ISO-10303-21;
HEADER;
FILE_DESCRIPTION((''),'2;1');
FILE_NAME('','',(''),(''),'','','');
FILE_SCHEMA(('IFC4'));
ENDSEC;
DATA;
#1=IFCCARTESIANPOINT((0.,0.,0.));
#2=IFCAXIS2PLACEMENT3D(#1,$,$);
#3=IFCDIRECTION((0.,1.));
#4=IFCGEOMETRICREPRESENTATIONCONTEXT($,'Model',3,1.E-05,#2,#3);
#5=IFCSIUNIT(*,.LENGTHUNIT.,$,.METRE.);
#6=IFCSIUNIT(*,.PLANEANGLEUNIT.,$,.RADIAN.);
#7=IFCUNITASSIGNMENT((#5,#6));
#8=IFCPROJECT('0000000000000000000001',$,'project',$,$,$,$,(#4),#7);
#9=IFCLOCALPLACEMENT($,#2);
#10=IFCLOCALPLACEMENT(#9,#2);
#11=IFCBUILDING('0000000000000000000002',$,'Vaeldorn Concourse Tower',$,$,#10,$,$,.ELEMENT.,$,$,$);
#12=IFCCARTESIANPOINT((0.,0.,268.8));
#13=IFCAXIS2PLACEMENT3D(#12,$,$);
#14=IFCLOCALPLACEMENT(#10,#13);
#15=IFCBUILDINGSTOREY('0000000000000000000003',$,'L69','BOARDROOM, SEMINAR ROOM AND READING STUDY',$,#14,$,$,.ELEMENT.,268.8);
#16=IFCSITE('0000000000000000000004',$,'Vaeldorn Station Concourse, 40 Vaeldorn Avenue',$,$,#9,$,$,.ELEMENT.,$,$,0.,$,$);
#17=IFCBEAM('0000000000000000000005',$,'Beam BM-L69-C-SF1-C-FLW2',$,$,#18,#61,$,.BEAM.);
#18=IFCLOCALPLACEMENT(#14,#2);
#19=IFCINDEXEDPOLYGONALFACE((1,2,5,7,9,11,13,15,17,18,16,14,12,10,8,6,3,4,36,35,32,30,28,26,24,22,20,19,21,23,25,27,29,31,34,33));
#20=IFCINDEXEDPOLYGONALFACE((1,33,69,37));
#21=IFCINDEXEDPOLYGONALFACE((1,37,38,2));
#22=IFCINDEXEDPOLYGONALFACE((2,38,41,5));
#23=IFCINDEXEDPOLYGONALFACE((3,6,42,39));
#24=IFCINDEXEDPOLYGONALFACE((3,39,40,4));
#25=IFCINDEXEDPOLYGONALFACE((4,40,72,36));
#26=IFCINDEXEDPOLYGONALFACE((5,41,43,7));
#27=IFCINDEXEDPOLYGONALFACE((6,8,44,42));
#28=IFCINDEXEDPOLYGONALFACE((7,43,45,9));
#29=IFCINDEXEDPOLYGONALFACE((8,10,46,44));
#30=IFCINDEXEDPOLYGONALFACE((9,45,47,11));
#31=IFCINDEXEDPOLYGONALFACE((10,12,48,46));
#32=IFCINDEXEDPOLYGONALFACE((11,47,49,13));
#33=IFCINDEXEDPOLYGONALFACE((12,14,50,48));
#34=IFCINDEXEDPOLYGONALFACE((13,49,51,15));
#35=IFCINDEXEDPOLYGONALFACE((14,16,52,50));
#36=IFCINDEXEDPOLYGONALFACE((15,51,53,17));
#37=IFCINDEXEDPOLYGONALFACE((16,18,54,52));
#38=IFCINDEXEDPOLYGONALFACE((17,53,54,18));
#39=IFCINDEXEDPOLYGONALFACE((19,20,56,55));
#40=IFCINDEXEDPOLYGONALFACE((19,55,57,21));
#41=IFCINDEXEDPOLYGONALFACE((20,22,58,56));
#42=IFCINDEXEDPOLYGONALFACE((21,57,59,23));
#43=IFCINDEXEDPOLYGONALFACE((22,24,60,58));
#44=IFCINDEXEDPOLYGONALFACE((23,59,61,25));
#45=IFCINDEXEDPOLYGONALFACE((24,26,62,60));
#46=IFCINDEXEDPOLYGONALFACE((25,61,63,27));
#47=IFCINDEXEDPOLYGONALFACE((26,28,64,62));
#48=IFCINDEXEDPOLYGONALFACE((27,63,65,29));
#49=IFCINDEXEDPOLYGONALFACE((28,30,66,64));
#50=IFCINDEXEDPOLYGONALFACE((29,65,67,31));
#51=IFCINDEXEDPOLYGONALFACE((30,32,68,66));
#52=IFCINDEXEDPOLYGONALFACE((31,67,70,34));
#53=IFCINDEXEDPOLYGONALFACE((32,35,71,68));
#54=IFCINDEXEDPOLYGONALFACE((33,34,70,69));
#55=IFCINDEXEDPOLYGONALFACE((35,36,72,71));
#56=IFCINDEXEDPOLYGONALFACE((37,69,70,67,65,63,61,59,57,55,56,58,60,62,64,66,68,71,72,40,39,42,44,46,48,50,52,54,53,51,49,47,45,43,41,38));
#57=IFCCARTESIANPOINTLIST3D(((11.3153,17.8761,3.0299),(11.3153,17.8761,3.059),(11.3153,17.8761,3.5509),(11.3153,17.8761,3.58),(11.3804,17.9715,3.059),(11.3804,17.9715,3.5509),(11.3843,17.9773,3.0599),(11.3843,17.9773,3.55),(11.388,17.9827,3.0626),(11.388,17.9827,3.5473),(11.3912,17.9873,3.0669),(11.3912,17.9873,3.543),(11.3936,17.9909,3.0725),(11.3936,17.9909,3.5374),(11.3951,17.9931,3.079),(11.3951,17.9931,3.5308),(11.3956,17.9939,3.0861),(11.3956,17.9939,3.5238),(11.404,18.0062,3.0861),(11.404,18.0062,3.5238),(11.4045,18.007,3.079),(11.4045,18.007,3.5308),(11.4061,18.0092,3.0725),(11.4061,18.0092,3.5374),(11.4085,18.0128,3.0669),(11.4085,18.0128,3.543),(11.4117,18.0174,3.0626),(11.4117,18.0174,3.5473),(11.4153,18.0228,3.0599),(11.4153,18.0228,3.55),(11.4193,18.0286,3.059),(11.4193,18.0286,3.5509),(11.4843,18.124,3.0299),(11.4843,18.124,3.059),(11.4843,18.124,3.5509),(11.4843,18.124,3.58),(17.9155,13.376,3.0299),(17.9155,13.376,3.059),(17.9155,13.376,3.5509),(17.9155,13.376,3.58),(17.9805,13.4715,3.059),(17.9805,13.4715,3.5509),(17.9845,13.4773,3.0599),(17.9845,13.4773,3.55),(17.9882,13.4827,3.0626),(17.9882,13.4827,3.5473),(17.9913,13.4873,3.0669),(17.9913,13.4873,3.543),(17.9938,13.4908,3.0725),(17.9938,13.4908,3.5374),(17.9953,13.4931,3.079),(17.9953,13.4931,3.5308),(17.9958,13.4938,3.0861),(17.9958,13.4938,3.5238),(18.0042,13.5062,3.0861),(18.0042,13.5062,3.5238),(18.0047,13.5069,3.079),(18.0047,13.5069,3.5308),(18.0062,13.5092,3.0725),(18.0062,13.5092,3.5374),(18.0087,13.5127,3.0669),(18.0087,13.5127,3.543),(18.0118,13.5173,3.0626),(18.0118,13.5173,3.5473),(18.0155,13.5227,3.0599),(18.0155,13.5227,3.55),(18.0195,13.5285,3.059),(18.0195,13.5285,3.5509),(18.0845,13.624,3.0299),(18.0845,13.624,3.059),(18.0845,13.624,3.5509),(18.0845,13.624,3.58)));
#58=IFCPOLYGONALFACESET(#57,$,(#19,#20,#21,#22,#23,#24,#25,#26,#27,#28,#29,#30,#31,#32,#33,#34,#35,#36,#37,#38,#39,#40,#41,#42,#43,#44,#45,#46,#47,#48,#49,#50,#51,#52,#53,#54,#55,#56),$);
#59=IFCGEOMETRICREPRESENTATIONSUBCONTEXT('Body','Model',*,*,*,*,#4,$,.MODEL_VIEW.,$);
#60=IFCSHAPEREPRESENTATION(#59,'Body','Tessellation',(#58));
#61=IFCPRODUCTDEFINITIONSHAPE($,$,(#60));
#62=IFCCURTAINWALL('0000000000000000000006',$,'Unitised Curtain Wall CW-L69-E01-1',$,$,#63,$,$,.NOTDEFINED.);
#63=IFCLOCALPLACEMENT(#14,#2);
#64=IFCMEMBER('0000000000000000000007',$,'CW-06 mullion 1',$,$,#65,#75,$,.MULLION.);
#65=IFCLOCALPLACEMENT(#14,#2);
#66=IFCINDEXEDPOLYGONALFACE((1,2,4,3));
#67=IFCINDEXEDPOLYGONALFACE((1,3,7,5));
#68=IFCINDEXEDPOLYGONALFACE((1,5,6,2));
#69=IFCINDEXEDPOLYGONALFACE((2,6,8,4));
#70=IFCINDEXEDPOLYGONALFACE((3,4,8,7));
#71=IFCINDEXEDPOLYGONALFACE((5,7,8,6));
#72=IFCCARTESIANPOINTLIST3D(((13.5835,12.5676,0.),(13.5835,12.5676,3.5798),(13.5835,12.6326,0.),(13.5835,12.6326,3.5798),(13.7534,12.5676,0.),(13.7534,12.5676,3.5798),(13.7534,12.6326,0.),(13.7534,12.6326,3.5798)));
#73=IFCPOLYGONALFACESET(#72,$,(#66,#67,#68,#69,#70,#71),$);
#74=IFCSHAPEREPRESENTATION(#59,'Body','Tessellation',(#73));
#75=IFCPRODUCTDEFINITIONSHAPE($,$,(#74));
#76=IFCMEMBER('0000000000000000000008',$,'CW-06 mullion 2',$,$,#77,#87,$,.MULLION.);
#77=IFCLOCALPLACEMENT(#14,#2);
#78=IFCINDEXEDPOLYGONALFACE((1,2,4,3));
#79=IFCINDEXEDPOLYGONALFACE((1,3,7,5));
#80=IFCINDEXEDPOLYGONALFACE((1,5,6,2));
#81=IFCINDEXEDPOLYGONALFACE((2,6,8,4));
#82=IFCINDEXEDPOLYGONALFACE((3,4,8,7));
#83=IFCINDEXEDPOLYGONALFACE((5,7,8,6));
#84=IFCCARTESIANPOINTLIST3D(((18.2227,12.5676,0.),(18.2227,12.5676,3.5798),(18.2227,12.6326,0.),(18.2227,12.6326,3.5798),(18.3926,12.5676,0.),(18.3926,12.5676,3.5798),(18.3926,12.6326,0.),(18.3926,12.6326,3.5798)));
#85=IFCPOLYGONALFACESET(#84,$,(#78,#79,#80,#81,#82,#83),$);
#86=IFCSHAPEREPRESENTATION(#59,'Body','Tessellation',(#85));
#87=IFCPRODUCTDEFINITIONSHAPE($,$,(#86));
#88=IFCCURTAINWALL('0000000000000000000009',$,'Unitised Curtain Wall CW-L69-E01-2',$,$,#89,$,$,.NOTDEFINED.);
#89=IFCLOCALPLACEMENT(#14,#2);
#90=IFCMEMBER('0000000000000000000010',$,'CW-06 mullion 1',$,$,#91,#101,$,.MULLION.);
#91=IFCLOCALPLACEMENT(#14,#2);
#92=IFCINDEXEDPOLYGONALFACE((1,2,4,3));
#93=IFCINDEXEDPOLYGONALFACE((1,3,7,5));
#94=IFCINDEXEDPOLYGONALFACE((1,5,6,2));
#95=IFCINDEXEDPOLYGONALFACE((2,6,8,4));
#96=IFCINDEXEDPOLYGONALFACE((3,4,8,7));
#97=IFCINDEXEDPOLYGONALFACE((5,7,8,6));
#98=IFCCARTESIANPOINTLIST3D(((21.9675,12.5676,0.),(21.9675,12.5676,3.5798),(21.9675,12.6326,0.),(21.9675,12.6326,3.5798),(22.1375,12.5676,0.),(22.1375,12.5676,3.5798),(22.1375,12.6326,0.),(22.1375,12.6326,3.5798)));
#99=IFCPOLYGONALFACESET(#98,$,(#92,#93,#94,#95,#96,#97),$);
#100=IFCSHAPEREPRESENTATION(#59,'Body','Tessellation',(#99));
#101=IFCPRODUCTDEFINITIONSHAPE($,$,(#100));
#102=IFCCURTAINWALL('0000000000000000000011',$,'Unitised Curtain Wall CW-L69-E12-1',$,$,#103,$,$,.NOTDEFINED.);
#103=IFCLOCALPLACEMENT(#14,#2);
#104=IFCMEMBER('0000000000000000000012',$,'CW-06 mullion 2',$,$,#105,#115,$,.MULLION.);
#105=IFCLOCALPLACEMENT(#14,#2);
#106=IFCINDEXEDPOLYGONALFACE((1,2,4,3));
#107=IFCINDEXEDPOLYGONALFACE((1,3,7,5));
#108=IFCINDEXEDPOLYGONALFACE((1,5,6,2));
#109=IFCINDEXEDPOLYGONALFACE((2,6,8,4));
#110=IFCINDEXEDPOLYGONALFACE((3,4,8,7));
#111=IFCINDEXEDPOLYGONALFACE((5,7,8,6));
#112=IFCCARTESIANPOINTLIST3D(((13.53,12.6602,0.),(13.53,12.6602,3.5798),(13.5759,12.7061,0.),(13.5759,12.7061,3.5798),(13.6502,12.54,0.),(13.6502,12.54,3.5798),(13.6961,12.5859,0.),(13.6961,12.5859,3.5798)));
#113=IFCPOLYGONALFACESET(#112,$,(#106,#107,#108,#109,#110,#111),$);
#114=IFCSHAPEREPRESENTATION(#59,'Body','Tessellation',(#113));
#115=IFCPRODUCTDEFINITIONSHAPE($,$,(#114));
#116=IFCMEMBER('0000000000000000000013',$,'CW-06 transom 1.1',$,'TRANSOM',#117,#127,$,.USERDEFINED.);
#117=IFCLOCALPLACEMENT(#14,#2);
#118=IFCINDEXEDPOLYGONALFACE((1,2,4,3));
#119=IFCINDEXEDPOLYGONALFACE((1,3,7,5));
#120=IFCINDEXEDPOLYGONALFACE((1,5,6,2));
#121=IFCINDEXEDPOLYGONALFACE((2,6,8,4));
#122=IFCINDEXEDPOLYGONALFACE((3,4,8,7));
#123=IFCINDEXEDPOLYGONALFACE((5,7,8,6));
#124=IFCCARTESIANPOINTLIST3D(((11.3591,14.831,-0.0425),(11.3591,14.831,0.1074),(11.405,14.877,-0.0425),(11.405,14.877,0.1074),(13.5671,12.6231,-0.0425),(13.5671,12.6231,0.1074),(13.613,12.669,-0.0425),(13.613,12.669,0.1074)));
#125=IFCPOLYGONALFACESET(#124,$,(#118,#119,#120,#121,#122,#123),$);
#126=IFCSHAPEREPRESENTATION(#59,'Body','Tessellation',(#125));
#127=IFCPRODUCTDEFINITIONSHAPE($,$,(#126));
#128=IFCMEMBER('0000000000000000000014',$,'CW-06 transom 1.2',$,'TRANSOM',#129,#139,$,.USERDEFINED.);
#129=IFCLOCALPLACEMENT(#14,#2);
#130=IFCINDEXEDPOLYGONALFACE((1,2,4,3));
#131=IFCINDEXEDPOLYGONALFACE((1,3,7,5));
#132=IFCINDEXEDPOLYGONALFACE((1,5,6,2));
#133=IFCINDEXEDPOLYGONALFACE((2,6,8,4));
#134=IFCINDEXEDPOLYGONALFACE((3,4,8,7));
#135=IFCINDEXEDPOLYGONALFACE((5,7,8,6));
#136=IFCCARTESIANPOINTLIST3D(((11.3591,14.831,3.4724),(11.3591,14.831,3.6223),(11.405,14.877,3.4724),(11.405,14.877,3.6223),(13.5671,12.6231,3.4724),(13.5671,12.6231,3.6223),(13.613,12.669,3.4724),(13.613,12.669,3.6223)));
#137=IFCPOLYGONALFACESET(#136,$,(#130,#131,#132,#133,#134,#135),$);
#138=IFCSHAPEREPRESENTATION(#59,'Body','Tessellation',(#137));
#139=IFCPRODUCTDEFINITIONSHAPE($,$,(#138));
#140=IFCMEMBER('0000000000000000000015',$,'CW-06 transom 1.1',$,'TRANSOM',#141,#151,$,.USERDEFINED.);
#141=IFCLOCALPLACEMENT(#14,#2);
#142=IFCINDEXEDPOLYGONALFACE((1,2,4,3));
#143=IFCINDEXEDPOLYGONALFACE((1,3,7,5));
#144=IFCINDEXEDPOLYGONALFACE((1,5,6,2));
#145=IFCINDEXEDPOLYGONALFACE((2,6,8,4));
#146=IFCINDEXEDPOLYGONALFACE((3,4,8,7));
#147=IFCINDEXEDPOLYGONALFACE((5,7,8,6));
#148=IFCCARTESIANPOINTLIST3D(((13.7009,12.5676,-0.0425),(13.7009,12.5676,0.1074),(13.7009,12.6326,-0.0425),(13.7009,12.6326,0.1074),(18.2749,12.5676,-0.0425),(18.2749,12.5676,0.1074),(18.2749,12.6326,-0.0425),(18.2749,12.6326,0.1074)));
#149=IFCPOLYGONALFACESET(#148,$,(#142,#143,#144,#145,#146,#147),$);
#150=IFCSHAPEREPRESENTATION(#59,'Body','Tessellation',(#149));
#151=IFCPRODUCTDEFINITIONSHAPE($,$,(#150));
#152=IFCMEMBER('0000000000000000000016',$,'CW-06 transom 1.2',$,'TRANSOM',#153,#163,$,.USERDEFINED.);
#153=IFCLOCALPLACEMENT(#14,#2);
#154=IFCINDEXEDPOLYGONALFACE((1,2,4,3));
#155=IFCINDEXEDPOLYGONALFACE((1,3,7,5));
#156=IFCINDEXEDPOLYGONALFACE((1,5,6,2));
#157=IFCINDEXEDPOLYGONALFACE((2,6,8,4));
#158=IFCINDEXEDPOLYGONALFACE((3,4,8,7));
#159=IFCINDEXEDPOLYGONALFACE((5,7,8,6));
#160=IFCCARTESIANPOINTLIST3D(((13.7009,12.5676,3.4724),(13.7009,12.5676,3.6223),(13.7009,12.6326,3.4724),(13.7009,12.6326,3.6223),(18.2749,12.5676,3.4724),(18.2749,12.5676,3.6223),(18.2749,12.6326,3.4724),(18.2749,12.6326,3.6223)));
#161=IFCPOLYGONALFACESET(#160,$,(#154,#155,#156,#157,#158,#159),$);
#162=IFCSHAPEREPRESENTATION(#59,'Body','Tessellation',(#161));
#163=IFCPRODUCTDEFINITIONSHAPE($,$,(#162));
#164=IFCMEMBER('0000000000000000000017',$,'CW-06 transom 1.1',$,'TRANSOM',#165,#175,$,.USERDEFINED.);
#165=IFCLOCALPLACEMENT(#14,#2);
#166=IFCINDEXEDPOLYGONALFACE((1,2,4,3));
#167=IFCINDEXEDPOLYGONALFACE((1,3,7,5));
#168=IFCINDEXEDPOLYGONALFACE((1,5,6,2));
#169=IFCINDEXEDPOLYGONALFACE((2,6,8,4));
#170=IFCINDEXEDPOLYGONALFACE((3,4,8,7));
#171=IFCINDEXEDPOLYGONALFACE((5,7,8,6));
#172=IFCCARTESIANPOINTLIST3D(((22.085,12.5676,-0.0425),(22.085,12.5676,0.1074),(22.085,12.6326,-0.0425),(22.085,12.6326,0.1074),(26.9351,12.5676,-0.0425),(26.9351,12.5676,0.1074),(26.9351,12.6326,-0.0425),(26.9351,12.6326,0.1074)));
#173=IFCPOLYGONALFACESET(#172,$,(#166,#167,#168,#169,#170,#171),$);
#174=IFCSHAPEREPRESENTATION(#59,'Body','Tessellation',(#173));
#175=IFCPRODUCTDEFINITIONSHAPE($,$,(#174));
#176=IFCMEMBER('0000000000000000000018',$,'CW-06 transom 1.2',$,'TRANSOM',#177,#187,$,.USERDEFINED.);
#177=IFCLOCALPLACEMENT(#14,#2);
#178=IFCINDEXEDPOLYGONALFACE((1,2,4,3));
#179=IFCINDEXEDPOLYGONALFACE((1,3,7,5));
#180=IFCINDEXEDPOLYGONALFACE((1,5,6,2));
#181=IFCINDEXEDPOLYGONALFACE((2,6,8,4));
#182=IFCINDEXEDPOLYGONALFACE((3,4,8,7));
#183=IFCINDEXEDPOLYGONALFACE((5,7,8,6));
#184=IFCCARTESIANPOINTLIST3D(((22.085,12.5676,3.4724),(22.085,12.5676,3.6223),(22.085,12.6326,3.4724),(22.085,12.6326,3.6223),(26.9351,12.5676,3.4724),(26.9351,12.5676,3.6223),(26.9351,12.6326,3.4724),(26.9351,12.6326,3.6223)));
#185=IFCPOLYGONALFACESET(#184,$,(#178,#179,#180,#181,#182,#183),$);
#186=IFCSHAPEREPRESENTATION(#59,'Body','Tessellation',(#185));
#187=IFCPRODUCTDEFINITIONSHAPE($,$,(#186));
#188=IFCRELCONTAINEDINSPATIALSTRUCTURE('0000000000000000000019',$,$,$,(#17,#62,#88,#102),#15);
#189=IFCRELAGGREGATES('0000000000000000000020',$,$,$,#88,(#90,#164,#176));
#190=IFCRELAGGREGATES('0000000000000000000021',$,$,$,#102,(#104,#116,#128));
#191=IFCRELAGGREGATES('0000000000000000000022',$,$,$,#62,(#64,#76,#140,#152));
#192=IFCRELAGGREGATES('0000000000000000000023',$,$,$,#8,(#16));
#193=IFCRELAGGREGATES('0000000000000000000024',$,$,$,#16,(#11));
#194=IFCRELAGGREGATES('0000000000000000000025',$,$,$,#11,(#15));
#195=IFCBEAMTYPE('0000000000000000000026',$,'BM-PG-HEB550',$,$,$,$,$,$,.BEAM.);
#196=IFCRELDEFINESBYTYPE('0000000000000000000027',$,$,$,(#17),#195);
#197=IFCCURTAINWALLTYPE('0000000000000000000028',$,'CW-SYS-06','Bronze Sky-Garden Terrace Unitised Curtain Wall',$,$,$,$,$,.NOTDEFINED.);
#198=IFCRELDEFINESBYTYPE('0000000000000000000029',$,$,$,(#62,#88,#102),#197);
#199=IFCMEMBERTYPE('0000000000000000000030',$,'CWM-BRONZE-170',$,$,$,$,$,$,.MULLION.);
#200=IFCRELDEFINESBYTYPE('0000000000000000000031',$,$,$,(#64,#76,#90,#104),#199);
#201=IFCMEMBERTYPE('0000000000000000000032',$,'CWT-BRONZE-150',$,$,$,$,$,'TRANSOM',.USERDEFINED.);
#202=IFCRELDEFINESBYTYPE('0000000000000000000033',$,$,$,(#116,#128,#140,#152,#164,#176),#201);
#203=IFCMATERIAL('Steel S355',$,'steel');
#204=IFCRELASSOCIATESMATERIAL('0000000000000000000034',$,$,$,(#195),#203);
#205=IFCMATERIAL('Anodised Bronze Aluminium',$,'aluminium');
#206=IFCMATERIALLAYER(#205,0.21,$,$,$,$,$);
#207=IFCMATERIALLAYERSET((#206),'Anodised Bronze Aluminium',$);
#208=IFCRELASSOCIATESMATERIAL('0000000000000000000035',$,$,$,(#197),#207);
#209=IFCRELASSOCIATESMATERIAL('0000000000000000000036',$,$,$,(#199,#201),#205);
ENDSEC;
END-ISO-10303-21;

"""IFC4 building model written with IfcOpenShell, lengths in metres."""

from ifc_helpers import new_model, si_unit, direction, frame, origin, origin_2d, place, context, subcontext, project, spatial, rectangle, i_section, extrude, source, transform, mapped, material, layer, layer_set, material_profile, profile_set, type_object, element, aggregate, save


model = new_model("IFC4")

# Units and contexts
model_context = context("Model", 3, precision=1e-05, world=origin(), true_north=direction((0.0, 1.0)))
body_context = subcontext(model_context, "Body", "Model", "MODEL_VIEW")
ifc_project = project(units=[si_unit("LENGTHUNIT", "METRE"), si_unit("PLANEANGLEUNIT", "RADIAN")], contexts=[model_context])

# Site, building, storey
site_placement = place(None, origin())
site = spatial("IfcSite", under=ifc_project, at=site_placement, Name="Vaeldorn Station Concourse, 40 Vaeldorn Avenue", CompositionType="ELEMENT", RefElevation=0.0)
building_placement = place(site_placement, origin())
building = spatial("IfcBuilding", under=site, at=building_placement, Name="Vaeldorn Concourse Tower", CompositionType="ELEMENT")
storey_placement = place(building_placement, frame((0.0, 0.0, 268.8)))
storey = spatial("IfcBuildingStorey", under=building, at=storey_placement, Name="L69", Description="BOARDROOM, SEMINAR ROOM AND READING STUDY", CompositionType="ELEMENT", Elevation=268.8)

# Shared definitions
ifc_material_1 = material(Name="Steel S355", Category="steel")

# Beam
ifc_material_profile_1 = material_profile(ifc_material_1, i_section(OverallWidth=0.3, OverallDepth=0.55, WebThickness=0.0149, FlangeThickness=0.0291, FilletRadius=0.0271, at=origin_2d()), Name="HEB 550")
ifc_profile_set_1 = profile_set([ifc_material_profile_1], Name="Steel S355")
beam_type_1 = type_object("IfcBeamType", Name="BM-PG-HEB550", PredefinedType="BEAM", material=ifc_profile_set_1)
shared_shape_1 = source(origin(), body_context, "Body", "SweptSolid", [
    extrude(i_section(OverallWidth=0.3, OverallDepth=0.55, WebThickness=0.0149, FlangeThickness=0.0291, FilletRadius=0.0271, at=origin_2d()), origin(), (0.0, 0.0, 1.0), 7.9883),
])
beam_1_placement = place(storey_placement, frame((18.0, 13.5, 3.3049), z_axis=(-0.826231, 0.563331, 0.0), x_axis=(-0.563331, -0.826231, 0.0)))
element("IfcBeam", 1, at=beam_1_placement, inside=storey, type_object=beam_type_1, Name="Beam BM-L69-C-SF1-C-FLW2", PredefinedType="BEAM", context=body_context, shape_type="MappedRepresentation", body=[
    mapped(shared_shape_1, transform((0.0, 0.0, 0.0), scale=1.0)),
])

# Curtain wall, members
ifc_material_2 = material(Name="Anodised Bronze Aluminium", Category="aluminium")
ifc_layer_1 = layer(ifc_material_2, 0.21)
ifc_layer_set_1 = layer_set([ifc_layer_1], Name="Anodised Bronze Aluminium")
curtain_wall_type = type_object("IfcCurtainWallType", Name="CW-SYS-06", Description="Bronze Sky-Garden Terrace Unitised Curtain Wall", PredefinedType="NOTDEFINED", material=ifc_layer_set_1)
curtain_wall_1_placement = place(storey_placement, origin())
curtain_wall_1 = element("IfcCurtainWall", 2, at=curtain_wall_1_placement, inside=storey, type_object=curtain_wall_type, Name="Unitised Curtain Wall CW-L69-E01-1", PredefinedType="NOTDEFINED")
ifc_material_profile_2 = material_profile(ifc_material_2, rectangle(XDim=0.0649, YDim=0.1699, at=origin_2d()), Name="CWM 65x170")
ifc_profile_set_2 = profile_set([ifc_material_profile_2], Name="Anodised Bronze Aluminium")
member_type_1 = type_object("IfcMemberType", Name="CWM-BRONZE-170", PredefinedType="MULLION", material=ifc_profile_set_2)
shared_shape_2 = source(origin(), body_context, "Body", "SweptSolid", [
    extrude(rectangle(XDim=0.0649, YDim=0.1699, at=origin_2d()), origin(), (0.0, 0.0, 1.0), 3.5798),
])
member_1_placement = place(storey_placement, frame((13.6685, 12.6001, 0.0), z_axis=(0.0, 0.0, 1.0), x_axis=(0.0, 1.0, 0.0)))
member_1 = element("IfcMember", 3, at=member_1_placement, type_object=member_type_1, Name="CW-06 mullion 1", PredefinedType="MULLION", context=body_context, shape_type="MappedRepresentation", body=[
    mapped(shared_shape_2, transform((0.0, 0.0, 0.0), scale=1.0)),
])
member_2_placement = place(storey_placement, frame((18.3076, 12.6001, 0.0), z_axis=(0.0, 0.0, 1.0), x_axis=(0.0, 1.0, 0.0)))
member_2 = element("IfcMember", 4, at=member_2_placement, type_object=member_type_1, Name="CW-06 mullion 2", PredefinedType="MULLION", context=body_context, shape_type="MappedRepresentation", body=[
    mapped(shared_shape_2, transform((0.0, 0.0, 0.0), scale=1.0)),
])

# Curtain wall, member
curtain_wall_2_placement = place(storey_placement, origin())
curtain_wall_2 = element("IfcCurtainWall", 5, at=curtain_wall_2_placement, inside=storey, type_object=curtain_wall_type, Name="Unitised Curtain Wall CW-L69-E01-2", PredefinedType="NOTDEFINED")
member_3_placement = place(storey_placement, frame((22.0525, 12.6001, 0.0), z_axis=(0.0, 0.0, 1.0), x_axis=(0.0, 1.0, 0.0)))
member_3 = element("IfcMember", 6, at=member_3_placement, type_object=member_type_1, Name="CW-06 mullion 1", PredefinedType="MULLION", context=body_context, shape_type="MappedRepresentation", body=[
    mapped(shared_shape_2, transform((0.0, 0.0, 0.0), scale=1.0)),
])

# Curtain wall, members
curtain_wall_3_placement = place(storey_placement, origin())
curtain_wall_3 = element("IfcCurtainWall", 7, at=curtain_wall_3_placement, inside=storey, type_object=curtain_wall_type, Name="Unitised Curtain Wall CW-L69-E12-1", PredefinedType="NOTDEFINED")
member_4_placement = place(storey_placement, frame((13.613, 12.623, 0.0), z_axis=(0.0, 0.0, 1.0), x_axis=(0.707107, 0.707107, 0.0)))
member_4 = element("IfcMember", 8, at=member_4_placement, type_object=member_type_1, Name="CW-06 mullion 2", PredefinedType="MULLION", context=body_context, shape_type="MappedRepresentation", body=[
    mapped(shared_shape_2, transform((0.0, 0.0, 0.0), scale=1.0)),
])
ifc_material_profile_3 = material_profile(ifc_material_2, rectangle(XDim=0.0649, YDim=0.1499, at=origin_2d()), Name="CWT 65x150")
ifc_profile_set_3 = profile_set([ifc_material_profile_3], Name="Anodised Bronze Aluminium")
member_type_2 = type_object("IfcMemberType", Name="CWT-BRONZE-150", ElementType="TRANSOM", PredefinedType="USERDEFINED", material=ifc_profile_set_3)
shared_shape_3 = source(origin(), body_context, "Body", "SweptSolid", [
    extrude(rectangle(XDim=0.0649, YDim=0.1499, at=origin_2d()), origin(), (0.0, 0.0, 1.0), 3.1226),
])
member_5_placement = place(storey_placement, frame((11.3821, 14.854, 0.0325), z_axis=(0.707107, -0.707107, 0.0), x_axis=(0.707107, 0.707107, 0.0)))
member_5 = element("IfcMember", 9, at=member_5_placement, type_object=member_type_2, Name="CW-06 transom 1.1", ObjectType="TRANSOM", PredefinedType="USERDEFINED", context=body_context, shape_type="MappedRepresentation", body=[
    mapped(shared_shape_3, transform((0.0, 0.0, 0.0), scale=1.0)),
])
member_6_placement = place(storey_placement, frame((11.3821, 14.854, 3.5474), z_axis=(0.707107, -0.707107, 0.0), x_axis=(0.707107, 0.707107, 0.0)))
member_6 = element("IfcMember", 10, at=member_6_placement, type_object=member_type_2, Name="CW-06 transom 1.2", ObjectType="TRANSOM", PredefinedType="USERDEFINED", context=body_context, shape_type="MappedRepresentation", body=[
    mapped(shared_shape_3, transform((0.0, 0.0, 0.0), scale=1.0)),
])

# Members
shared_shape_4 = source(origin(), body_context, "Body", "SweptSolid", [
    extrude(rectangle(XDim=0.0649, YDim=0.1499, at=origin_2d()), origin(), (0.0, 0.0, 1.0), 4.574),
])
member_7_placement = place(storey_placement, frame((13.7009, 12.6001, 0.0325), z_axis=(1.0, 0.0, 0.0), x_axis=(0.0, 1.0, 0.0)))
member_7 = element("IfcMember", 11, at=member_7_placement, type_object=member_type_2, Name="CW-06 transom 1.1", ObjectType="TRANSOM", PredefinedType="USERDEFINED", context=body_context, shape_type="MappedRepresentation", body=[
    mapped(shared_shape_4, transform((0.0, 0.0, 0.0), scale=1.0)),
])
member_8_placement = place(storey_placement, frame((13.7009, 12.6001, 3.5474), z_axis=(1.0, 0.0, 0.0), x_axis=(0.0, 1.0, 0.0)))
member_8 = element("IfcMember", 12, at=member_8_placement, type_object=member_type_2, Name="CW-06 transom 1.2", ObjectType="TRANSOM", PredefinedType="USERDEFINED", context=body_context, shape_type="MappedRepresentation", body=[
    mapped(shared_shape_4, transform((0.0, 0.0, 0.0), scale=1.0)),
])
shared_shape_5 = source(origin(), body_context, "Body", "SweptSolid", [
    extrude(rectangle(XDim=0.0649, YDim=0.1499, at=origin_2d()), origin(), (0.0, 0.0, 1.0), 4.8501),
])
member_9_placement = place(storey_placement, frame((22.085, 12.6001, 0.0325), z_axis=(1.0, 0.0, 0.0), x_axis=(0.0, 1.0, 0.0)))
member_9 = element("IfcMember", 13, at=member_9_placement, type_object=member_type_2, Name="CW-06 transom 1.1", ObjectType="TRANSOM", PredefinedType="USERDEFINED", context=body_context, shape_type="MappedRepresentation", body=[
    mapped(shared_shape_5, transform((0.0, 0.0, 0.0), scale=1.0)),
])
member_10_placement = place(storey_placement, frame((22.085, 12.6001, 3.5474), z_axis=(1.0, 0.0, 0.0), x_axis=(0.0, 1.0, 0.0)))
member_10 = element("IfcMember", 14, at=member_10_placement, type_object=member_type_2, Name="CW-06 transom 1.2", ObjectType="TRANSOM", PredefinedType="USERDEFINED", context=body_context, shape_type="MappedRepresentation", body=[
    mapped(shared_shape_5, transform((0.0, 0.0, 0.0), scale=1.0)),
])
aggregate(curtain_wall_2, [member_3, member_9, member_10])

aggregate(curtain_wall_3, [member_4, member_5, member_6])
aggregate(curtain_wall_1, [member_1, member_2, member_7, member_8])

save(model, "model.ifc")
